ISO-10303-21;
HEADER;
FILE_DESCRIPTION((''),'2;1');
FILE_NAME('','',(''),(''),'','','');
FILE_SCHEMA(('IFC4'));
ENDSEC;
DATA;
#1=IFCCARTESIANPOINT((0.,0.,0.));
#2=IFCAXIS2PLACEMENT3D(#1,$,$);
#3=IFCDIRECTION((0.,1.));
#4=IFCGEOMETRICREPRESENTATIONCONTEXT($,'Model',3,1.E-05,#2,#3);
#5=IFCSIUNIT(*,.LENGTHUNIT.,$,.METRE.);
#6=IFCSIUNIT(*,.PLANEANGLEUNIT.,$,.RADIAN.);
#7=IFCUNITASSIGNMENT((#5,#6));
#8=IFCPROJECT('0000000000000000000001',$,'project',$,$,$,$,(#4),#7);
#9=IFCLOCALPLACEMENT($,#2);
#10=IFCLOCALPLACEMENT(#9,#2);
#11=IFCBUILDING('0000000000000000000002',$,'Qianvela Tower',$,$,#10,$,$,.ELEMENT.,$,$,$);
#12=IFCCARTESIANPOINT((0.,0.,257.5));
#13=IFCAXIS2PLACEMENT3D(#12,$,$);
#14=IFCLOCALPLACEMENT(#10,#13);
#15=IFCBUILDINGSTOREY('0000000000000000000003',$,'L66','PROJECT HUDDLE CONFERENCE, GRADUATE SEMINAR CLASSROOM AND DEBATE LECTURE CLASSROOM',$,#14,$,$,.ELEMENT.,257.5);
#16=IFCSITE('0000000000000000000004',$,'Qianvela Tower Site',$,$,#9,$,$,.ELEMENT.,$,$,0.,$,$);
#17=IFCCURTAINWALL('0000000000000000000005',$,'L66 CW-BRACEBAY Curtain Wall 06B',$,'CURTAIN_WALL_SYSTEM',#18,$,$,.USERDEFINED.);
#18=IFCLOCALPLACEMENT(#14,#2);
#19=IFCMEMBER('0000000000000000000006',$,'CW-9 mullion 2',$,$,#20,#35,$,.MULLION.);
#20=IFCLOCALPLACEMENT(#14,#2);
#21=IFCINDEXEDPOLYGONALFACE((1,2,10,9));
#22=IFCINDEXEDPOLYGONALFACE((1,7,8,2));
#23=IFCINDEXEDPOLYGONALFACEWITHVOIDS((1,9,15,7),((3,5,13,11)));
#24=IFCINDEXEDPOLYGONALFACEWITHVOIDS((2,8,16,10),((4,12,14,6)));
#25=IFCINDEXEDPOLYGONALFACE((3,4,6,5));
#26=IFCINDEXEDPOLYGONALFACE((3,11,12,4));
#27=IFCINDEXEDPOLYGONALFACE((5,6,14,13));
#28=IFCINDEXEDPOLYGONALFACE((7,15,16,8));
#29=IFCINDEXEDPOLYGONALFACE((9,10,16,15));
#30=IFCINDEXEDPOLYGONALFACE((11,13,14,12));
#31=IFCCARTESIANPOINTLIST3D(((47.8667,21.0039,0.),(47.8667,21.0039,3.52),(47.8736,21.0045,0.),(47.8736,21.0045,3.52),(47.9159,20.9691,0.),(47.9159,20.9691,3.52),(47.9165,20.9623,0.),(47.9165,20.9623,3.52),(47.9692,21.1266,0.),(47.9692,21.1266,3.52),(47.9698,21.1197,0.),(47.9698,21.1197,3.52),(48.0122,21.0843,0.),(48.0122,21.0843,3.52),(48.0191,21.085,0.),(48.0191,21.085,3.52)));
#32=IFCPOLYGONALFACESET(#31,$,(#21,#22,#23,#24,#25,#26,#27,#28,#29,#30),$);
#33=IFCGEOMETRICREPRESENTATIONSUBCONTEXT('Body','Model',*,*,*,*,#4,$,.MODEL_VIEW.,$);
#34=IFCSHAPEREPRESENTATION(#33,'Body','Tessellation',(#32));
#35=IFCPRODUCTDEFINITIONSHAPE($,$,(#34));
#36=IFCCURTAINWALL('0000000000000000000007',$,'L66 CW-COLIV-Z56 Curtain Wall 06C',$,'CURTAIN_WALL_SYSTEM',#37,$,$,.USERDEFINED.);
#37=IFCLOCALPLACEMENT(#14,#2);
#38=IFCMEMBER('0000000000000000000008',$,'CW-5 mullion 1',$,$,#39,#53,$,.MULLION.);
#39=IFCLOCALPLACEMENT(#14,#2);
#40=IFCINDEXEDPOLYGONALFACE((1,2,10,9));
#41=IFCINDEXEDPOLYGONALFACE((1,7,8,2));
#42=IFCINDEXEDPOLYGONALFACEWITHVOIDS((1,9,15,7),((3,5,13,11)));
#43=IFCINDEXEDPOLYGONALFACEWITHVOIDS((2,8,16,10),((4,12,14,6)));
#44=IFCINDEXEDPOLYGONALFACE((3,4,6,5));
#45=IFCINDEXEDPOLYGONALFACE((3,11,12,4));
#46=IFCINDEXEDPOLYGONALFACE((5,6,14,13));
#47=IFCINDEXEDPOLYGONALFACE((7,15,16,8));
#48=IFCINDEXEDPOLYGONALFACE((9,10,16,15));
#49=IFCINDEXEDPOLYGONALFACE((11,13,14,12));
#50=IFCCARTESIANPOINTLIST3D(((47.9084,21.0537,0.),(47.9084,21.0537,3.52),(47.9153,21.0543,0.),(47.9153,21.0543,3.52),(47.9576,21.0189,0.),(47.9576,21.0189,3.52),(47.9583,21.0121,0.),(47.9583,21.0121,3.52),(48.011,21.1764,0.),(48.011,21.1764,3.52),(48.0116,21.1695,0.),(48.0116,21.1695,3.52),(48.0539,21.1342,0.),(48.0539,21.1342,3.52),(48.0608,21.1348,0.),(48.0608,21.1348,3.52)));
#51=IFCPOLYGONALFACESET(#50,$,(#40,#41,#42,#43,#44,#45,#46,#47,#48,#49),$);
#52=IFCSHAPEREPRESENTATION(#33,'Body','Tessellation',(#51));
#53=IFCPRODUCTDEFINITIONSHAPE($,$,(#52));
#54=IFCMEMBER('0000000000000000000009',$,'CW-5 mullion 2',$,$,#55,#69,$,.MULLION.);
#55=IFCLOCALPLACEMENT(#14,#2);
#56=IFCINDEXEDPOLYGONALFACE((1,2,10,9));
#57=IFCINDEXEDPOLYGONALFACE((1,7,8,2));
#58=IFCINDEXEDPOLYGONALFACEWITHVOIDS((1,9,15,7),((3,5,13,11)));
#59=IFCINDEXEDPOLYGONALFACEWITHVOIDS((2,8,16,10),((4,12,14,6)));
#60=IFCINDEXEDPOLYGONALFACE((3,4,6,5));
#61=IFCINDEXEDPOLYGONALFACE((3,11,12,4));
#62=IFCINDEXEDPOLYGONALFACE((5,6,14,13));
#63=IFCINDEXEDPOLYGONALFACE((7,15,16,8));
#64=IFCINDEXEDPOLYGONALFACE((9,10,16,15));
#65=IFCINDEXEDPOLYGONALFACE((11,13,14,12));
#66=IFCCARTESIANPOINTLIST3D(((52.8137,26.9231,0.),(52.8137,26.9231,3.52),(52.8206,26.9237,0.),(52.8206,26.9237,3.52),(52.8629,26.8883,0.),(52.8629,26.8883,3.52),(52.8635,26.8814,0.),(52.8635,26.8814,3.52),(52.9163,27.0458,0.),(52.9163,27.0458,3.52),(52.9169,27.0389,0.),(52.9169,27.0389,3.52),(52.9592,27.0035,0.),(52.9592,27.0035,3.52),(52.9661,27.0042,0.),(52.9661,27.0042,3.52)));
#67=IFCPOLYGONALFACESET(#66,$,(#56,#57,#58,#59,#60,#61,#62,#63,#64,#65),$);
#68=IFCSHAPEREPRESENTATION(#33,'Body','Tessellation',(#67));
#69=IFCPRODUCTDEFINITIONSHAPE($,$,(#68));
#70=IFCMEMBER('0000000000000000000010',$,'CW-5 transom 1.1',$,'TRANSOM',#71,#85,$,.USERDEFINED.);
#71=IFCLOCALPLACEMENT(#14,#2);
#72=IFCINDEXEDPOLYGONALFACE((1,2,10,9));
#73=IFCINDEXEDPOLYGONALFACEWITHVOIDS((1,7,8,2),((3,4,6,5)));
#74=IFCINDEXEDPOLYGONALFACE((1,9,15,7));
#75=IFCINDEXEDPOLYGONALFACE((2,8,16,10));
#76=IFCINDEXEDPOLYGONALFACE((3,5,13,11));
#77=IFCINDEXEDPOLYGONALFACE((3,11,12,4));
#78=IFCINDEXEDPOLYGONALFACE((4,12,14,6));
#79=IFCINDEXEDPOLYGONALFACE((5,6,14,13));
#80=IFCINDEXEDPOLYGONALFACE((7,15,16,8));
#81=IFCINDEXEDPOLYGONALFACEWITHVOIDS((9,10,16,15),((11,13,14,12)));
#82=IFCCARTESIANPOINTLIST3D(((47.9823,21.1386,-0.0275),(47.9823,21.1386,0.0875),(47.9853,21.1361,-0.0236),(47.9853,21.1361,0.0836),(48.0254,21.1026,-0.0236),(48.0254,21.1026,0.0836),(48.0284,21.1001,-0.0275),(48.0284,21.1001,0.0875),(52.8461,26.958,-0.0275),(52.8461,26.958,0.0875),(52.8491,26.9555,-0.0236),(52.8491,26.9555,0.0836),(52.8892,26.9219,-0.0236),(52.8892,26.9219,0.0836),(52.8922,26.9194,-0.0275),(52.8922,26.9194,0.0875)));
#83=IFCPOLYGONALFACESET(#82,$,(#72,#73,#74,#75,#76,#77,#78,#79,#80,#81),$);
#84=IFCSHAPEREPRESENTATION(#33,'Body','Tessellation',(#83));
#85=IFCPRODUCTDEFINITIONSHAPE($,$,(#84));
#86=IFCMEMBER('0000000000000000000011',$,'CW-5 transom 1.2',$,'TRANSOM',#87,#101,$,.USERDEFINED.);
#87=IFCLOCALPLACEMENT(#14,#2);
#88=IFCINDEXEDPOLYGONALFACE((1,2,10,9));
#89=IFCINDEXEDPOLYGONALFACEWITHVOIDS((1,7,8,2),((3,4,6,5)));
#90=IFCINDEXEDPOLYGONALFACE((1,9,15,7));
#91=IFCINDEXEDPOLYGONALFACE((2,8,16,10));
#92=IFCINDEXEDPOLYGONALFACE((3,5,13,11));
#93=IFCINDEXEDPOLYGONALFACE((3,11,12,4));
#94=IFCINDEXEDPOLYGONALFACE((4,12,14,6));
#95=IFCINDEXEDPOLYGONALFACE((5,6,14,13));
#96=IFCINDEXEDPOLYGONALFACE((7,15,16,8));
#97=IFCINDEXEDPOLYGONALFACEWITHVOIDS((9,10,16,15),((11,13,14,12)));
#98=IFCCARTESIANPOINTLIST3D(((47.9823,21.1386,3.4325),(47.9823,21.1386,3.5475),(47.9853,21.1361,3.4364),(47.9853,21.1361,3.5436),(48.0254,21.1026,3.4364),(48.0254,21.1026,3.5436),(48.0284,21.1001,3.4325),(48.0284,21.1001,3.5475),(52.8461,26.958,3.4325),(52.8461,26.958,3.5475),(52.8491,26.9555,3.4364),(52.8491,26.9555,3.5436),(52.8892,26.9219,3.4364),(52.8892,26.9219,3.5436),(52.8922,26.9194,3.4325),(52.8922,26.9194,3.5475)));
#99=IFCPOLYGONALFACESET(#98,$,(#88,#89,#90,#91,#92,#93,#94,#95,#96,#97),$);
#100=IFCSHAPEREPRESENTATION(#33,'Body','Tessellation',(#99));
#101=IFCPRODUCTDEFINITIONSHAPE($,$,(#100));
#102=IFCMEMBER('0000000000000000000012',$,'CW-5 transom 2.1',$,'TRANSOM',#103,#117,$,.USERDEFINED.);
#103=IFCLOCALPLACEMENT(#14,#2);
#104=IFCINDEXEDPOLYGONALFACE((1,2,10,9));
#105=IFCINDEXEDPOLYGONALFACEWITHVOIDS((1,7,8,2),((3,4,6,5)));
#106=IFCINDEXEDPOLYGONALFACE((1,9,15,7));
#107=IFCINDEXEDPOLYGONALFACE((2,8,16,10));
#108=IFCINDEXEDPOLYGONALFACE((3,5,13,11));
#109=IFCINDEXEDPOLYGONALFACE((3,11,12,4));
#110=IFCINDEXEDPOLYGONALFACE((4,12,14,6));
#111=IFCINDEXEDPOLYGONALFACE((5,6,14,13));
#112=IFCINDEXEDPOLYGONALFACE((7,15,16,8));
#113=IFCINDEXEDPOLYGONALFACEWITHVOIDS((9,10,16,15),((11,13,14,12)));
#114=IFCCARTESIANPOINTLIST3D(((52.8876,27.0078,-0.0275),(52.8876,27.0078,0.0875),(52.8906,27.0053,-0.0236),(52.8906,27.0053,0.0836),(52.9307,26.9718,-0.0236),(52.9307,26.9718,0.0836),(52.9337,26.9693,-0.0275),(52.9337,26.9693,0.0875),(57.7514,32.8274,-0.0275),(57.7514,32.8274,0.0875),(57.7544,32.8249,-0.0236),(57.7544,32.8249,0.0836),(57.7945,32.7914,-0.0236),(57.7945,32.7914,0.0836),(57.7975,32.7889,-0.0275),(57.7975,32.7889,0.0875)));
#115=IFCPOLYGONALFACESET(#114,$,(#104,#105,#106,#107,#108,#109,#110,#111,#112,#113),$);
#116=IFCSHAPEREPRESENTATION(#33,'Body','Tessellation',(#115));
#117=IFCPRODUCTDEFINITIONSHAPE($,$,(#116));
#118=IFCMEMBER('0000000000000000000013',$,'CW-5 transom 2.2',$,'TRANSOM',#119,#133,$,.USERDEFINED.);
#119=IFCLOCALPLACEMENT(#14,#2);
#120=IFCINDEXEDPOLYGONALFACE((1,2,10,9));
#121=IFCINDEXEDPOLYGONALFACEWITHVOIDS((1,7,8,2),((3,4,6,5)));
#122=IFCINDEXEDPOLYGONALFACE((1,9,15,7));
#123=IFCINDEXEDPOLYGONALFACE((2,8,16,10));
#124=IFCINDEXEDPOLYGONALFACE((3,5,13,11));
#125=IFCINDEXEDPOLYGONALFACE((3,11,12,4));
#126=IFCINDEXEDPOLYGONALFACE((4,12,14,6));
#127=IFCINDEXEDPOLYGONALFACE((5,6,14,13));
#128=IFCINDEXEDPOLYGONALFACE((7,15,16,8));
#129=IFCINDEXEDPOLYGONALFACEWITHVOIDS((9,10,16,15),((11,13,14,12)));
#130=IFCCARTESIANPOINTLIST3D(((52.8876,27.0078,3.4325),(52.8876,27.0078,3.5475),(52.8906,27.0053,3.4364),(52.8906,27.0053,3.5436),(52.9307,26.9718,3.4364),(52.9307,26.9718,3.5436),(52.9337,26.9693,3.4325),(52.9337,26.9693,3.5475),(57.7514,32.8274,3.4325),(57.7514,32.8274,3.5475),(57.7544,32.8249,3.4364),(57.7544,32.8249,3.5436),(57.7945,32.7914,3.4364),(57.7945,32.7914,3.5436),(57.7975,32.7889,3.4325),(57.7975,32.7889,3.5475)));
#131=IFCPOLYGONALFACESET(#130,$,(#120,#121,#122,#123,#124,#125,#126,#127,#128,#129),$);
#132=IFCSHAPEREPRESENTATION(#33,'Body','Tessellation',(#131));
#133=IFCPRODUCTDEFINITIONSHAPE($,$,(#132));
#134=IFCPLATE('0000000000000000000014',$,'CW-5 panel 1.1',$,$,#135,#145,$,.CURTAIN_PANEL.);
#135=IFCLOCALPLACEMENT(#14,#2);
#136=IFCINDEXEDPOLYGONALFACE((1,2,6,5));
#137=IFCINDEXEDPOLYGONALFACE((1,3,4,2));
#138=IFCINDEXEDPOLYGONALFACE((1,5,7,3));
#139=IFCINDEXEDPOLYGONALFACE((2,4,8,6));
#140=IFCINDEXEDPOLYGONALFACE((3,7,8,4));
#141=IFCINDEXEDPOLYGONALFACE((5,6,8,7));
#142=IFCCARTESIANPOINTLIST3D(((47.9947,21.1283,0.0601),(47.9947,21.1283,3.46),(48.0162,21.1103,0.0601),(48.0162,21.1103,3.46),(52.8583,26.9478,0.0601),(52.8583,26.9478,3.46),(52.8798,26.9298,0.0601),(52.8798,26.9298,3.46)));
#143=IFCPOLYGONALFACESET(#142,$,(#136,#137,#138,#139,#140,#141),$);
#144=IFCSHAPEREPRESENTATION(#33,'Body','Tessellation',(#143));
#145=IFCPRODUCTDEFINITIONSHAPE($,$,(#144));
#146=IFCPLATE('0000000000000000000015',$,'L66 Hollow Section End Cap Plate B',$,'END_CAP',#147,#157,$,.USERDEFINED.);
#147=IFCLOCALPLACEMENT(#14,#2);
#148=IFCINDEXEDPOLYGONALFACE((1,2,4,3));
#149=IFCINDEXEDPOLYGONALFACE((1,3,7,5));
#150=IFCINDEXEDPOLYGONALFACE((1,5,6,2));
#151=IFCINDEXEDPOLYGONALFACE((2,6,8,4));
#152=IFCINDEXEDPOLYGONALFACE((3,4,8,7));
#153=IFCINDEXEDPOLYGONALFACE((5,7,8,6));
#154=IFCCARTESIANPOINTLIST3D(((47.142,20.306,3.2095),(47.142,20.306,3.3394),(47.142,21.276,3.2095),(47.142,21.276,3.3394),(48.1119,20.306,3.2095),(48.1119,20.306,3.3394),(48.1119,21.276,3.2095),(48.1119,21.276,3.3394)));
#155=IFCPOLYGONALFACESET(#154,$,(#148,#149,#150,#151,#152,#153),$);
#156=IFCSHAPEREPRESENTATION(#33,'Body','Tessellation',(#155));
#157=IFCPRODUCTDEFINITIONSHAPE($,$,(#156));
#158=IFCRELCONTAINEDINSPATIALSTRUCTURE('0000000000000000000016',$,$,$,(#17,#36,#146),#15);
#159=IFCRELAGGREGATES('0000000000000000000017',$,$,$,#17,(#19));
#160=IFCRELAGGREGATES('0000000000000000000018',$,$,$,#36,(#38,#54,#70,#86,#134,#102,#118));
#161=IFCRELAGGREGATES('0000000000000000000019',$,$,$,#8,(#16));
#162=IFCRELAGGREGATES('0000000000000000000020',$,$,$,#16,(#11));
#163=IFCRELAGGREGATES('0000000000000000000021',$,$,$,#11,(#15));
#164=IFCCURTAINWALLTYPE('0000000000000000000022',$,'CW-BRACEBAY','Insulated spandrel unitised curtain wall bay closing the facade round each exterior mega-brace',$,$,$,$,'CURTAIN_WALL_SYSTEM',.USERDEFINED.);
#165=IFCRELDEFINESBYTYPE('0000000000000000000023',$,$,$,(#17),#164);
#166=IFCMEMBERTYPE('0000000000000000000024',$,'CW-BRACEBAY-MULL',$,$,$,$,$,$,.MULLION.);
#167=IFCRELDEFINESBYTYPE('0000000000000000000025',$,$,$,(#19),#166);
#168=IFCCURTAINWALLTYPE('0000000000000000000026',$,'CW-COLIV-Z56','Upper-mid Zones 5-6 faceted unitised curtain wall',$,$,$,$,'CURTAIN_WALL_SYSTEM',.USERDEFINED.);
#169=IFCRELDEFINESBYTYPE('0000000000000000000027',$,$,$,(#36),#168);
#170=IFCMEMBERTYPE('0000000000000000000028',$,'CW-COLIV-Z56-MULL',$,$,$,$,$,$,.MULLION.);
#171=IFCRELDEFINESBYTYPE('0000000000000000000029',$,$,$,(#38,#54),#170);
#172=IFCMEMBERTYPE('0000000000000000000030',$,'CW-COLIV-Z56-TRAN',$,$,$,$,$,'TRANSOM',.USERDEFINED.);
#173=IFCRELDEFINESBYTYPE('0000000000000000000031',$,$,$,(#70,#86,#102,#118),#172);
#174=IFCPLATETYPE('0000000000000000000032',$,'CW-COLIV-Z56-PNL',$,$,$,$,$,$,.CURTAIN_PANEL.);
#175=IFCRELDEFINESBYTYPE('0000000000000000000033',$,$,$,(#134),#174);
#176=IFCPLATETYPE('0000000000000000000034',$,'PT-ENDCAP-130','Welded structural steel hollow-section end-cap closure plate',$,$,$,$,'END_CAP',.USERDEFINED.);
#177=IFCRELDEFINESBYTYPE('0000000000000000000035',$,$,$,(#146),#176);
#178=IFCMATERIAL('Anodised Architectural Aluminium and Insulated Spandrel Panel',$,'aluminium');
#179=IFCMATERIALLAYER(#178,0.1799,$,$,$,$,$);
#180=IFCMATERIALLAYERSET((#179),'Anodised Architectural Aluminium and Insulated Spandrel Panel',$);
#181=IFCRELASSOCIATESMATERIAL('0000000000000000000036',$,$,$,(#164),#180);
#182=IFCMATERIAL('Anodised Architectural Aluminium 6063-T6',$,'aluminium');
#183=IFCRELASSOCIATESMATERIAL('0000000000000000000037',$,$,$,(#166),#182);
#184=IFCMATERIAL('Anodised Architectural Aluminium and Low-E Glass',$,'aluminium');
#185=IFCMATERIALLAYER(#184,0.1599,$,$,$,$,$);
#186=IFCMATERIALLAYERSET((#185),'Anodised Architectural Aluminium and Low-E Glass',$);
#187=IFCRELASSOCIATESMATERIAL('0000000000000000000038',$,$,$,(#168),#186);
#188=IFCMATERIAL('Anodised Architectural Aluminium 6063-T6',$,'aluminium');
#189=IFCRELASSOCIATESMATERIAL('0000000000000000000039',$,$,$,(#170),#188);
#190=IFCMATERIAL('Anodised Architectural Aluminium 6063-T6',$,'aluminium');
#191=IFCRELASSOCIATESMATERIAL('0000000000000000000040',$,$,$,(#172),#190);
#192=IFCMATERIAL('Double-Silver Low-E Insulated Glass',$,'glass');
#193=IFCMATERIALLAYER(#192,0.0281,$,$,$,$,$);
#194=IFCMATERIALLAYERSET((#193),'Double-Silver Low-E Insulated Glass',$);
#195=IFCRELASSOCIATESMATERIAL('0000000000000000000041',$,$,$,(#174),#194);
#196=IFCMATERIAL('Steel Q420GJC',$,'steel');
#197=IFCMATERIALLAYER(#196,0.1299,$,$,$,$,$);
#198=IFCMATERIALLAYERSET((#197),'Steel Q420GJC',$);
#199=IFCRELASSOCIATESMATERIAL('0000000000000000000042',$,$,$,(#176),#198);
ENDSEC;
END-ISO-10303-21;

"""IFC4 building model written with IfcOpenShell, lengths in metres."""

from ifc_helpers import new_model, si_unit, direction, frame, origin, origin_2d, place, context, subcontext, project, spatial, rectangle, hollow_rectangle, extrude, material, layer, layer_set, material_profile, profile_set, type_object, element, aggregate, save


model = new_model("IFC4")

# Units and contexts
model_context = context("Model", 3, precision=1e-05, world=origin(), true_north=direction((0.0, 1.0)))
body_context = subcontext(model_context, "Body", "Model", "MODEL_VIEW")
ifc_project = project(units=[si_unit("LENGTHUNIT", "METRE"), si_unit("PLANEANGLEUNIT", "RADIAN")], contexts=[model_context])

# Site, building, storey
site_placement = place(None, origin())
site = spatial("IfcSite", under=ifc_project, at=site_placement, Name="Qianvela Tower Site", CompositionType="ELEMENT", RefElevation=0.0)
building_placement = place(site_placement, origin())
building = spatial("IfcBuilding", under=site, at=building_placement, Name="Qianvela Tower", CompositionType="ELEMENT")
storey_placement = place(building_placement, frame((0.0, 0.0, 257.5)))
storey = spatial("IfcBuildingStorey", under=building, at=storey_placement, Name="L66", Description="PROJECT HUDDLE CONFERENCE, GRADUATE SEMINAR CLASSROOM AND DEBATE LECTURE CLASSROOM", CompositionType="ELEMENT", Elevation=257.5)

# Curtain wall, member
ifc_material_1 = material(Name="Anodised Architectural Aluminium and Insulated Spandrel Panel", Category="aluminium")
ifc_layer_1 = layer(ifc_material_1, 0.1799)
ifc_layer_set_1 = layer_set([ifc_layer_1], Name="Anodised Architectural Aluminium and Insulated Spandrel Panel")
curtain_wall_type_1 = type_object("IfcCurtainWallType", Name="CW-BRACEBAY", Description="Insulated spandrel unitised curtain wall bay closing the facade round each exterior mega-brace", ElementType="CURTAIN_WALL_SYSTEM", PredefinedType="USERDEFINED", material=ifc_layer_set_1)
curtain_wall_1_placement = place(storey_placement, origin())
curtain_wall_1 = element("IfcCurtainWall", 1, at=curtain_wall_1_placement, inside=storey, type_object=curtain_wall_type_1, Name="L66 CW-BRACEBAY Curtain Wall 06B", ObjectType="CURTAIN_WALL_SYSTEM", PredefinedType="USERDEFINED")
ifc_material_2 = material(Name="Anodised Architectural Aluminium 6063-T6", Category="aluminium")
ifc_material_profile_1 = material_profile(ifc_material_2, hollow_rectangle(XDim=0.0649, YDim=0.1599, WallThickness=0.0049, at=origin_2d()), Name="ALU-MULL-65x160")
ifc_profile_set_1 = profile_set([ifc_material_profile_1], Name="Anodised Architectural Aluminium 6063-T6")
member_type_1 = type_object("IfcMemberType", Name="CW-BRACEBAY-MULL", PredefinedType="MULLION", material=ifc_profile_set_1)
member_1_placement = place(storey_placement, frame((47.9429, 21.0444, 0.0), z_axis=(0.0, 0.0, 1.0), x_axis=(-0.767316, 0.641269, 0.0)))
member_1 = element("IfcMember", 2, at=member_1_placement, type_object=member_type_1, Name="CW-9 mullion 2", PredefinedType="MULLION", context=body_context, shape_type="SweptSolid", body=[
    extrude(hollow_rectangle(XDim=0.0649, YDim=0.1599, WallThickness=0.0049, at=origin_2d()), origin(), (0.0, 0.0, 1.0), 3.52),
])
aggregate(curtain_wall_1, [member_1])

# Curtain wall, members, plate
ifc_material_3 = material(Name="Anodised Architectural Aluminium and Low-E Glass", Category="aluminium")
ifc_layer_2 = layer(ifc_material_3, 0.1599)
ifc_layer_set_2 = layer_set([ifc_layer_2], Name="Anodised Architectural Aluminium and Low-E Glass")
curtain_wall_type_2 = type_object("IfcCurtainWallType", Name="CW-COLIV-Z56", Description="Upper-mid Zones 5-6 faceted unitised curtain wall", ElementType="CURTAIN_WALL_SYSTEM", PredefinedType="USERDEFINED", material=ifc_layer_set_2)
curtain_wall_2_placement = place(storey_placement, origin())
curtain_wall_2 = element("IfcCurtainWall", 3, at=curtain_wall_2_placement, inside=storey, type_object=curtain_wall_type_2, Name="L66 CW-COLIV-Z56 Curtain Wall 06C", ObjectType="CURTAIN_WALL_SYSTEM", PredefinedType="USERDEFINED")
ifc_material_4 = material(Name="Anodised Architectural Aluminium 6063-T6", Category="aluminium")
ifc_material_profile_2 = material_profile(ifc_material_4, hollow_rectangle(XDim=0.0649, YDim=0.1599, WallThickness=0.0049, at=origin_2d()), Name="ALU-MULL-65x160")
ifc_profile_set_2 = profile_set([ifc_material_profile_2], Name="Anodised Architectural Aluminium 6063-T6")
member_type_2 = type_object("IfcMemberType", Name="CW-COLIV-Z56-MULL", PredefinedType="MULLION", material=ifc_profile_set_2)
member_2_placement = place(storey_placement, frame((47.9846, 21.0942, 0.0), z_axis=(0.0, 0.0, 1.0), x_axis=(-0.767312, 0.641273, 0.0)))
member_2 = element("IfcMember", 4, at=member_2_placement, type_object=member_type_2, Name="CW-5 mullion 1", PredefinedType="MULLION", context=body_context, shape_type="SweptSolid", body=[
    extrude(hollow_rectangle(XDim=0.0649, YDim=0.1599, WallThickness=0.0049, at=origin_2d()), origin(), (0.0, 0.0, 1.0), 3.52),
])
member_3_placement = place(storey_placement, frame((52.8899, 26.9636, 0.0), z_axis=(0.0, 0.0, 1.0), x_axis=(-0.767312, 0.641273, 0.0)))
member_3 = element("IfcMember", 5, at=member_3_placement, type_object=member_type_2, Name="CW-5 mullion 2", PredefinedType="MULLION", context=body_context, shape_type="SweptSolid", body=[
    extrude(hollow_rectangle(XDim=0.0649, YDim=0.1599, WallThickness=0.0049, at=origin_2d()), origin(), (0.0, 0.0, 1.0), 3.52),
])
ifc_material_5 = material(Name="Anodised Architectural Aluminium 6063-T6", Category="aluminium")
ifc_material_profile_3 = material_profile(ifc_material_5, hollow_rectangle(XDim=0.0601, YDim=0.115, WallThickness=0.0039, at=origin_2d()), Name="ALU-TRAN-60x115")
ifc_profile_set_3 = profile_set([ifc_material_profile_3], Name="Anodised Architectural Aluminium 6063-T6")
member_type_3 = type_object("IfcMemberType", Name="CW-COLIV-Z56-TRAN", ElementType="TRANSOM", PredefinedType="USERDEFINED", material=ifc_profile_set_3)
member_4_placement = place(storey_placement, frame((48.0054, 21.1194, 0.03), z_axis=(0.641298, 0.767292, 0.0), x_axis=(-0.767292, 0.641298, 0.0)))
member_4 = element("IfcMember", 6, at=member_4_placement, type_object=member_type_3, Name="CW-5 transom 1.1", ObjectType="TRANSOM", PredefinedType="USERDEFINED", context=body_context, shape_type="SweptSolid", body=[
    extrude(hollow_rectangle(XDim=0.0601, YDim=0.115, WallThickness=0.0039, at=origin_2d()), origin(), (0.0, 0.0, 1.0), 7.5842),
])
member_5_placement = place(storey_placement, frame((48.0054, 21.1194, 3.49), z_axis=(0.641298, 0.767292, 0.0), x_axis=(-0.767292, 0.641298, 0.0)))
member_5 = element("IfcMember", 7, at=member_5_placement, type_object=member_type_3, Name="CW-5 transom 1.2", ObjectType="TRANSOM", PredefinedType="USERDEFINED", context=body_context, shape_type="SweptSolid", body=[
    extrude(hollow_rectangle(XDim=0.0601, YDim=0.115, WallThickness=0.0039, at=origin_2d()), origin(), (0.0, 0.0, 1.0), 7.5842),
])
member_6_placement = place(storey_placement, frame((52.9106, 26.9885, 0.03), z_axis=(0.641282, 0.767305, 0.0), x_axis=(-0.767305, 0.641282, 0.0)))
member_6 = element("IfcMember", 8, at=member_6_placement, type_object=member_type_3, Name="CW-5 transom 2.1", ObjectType="TRANSOM", PredefinedType="USERDEFINED", context=body_context, shape_type="SweptSolid", body=[
    extrude(hollow_rectangle(XDim=0.0601, YDim=0.115, WallThickness=0.0039, at=origin_2d()), origin(), (0.0, 0.0, 1.0), 7.5845),
])
member_7_placement = place(storey_placement, frame((52.9106, 26.9885, 3.49), z_axis=(0.641282, 0.767305, 0.0), x_axis=(-0.767305, 0.641282, 0.0)))
member_7 = element("IfcMember", 9, at=member_7_placement, type_object=member_type_3, Name="CW-5 transom 2.2", ObjectType="TRANSOM", PredefinedType="USERDEFINED", context=body_context, shape_type="SweptSolid", body=[
    extrude(hollow_rectangle(XDim=0.0601, YDim=0.115, WallThickness=0.0039, at=origin_2d()), origin(), (0.0, 0.0, 1.0), 7.5845),
])
ifc_material_6 = material(Name="Double-Silver Low-E Insulated Glass", Category="glass")
ifc_layer_3 = layer(ifc_material_6, 0.0281)
ifc_layer_set_3 = layer_set([ifc_layer_3], Name="Double-Silver Low-E Insulated Glass")
plate_type_1 = type_object("IfcPlateType", Name="CW-COLIV-Z56-PNL", PredefinedType="CURTAIN_PANEL", material=ifc_layer_set_3)
plate_1_placement = place(storey_placement, frame((50.4373, 24.0291, 0.0601), z_axis=(0.0, 0.0, 1.0), x_axis=(0.641273, 0.767312, 0.0)))
plate_1 = element("IfcPlate", 10, at=plate_1_placement, type_object=plate_type_1, Name="CW-5 panel 1.1", PredefinedType="CURTAIN_PANEL", context=body_context, shape_type="SweptSolid", body=[
    extrude(rectangle(XDim=7.5842, YDim=0.0281, at=origin_2d()), origin(), (0.0, 0.0, 1.0), 3.3999),
])
aggregate(curtain_wall_2, [member_2, member_3, member_4, member_5, plate_1, member_6, member_7])

# Plate
ifc_material_7 = material(Name="Steel Q420GJC", Category="steel")
ifc_layer_4 = layer(ifc_material_7, 0.1299)
ifc_layer_set_4 = layer_set([ifc_layer_4], Name="Steel Q420GJC")
plate_type_2 = type_object("IfcPlateType", Name="PT-ENDCAP-130", Description="Welded structural steel hollow-section end-cap closure plate", ElementType="END_CAP", PredefinedType="USERDEFINED", material=ifc_layer_set_4)
plate_2_placement = place(storey_placement, frame((47.627, 20.791, 3.2095), z_axis=(0.0, 0.0, 1.0), x_axis=(1.0, 0.0, 0.0)))
element("IfcPlate", 11, at=plate_2_placement, inside=storey, type_object=plate_type_2, Name="L66 Hollow Section End Cap Plate B", ObjectType="END_CAP", PredefinedType="USERDEFINED", context=body_context, shape_type="SweptSolid", body=[
    extrude(rectangle(XDim=0.97, YDim=0.97, at=origin_2d()), origin(), (0.0, 0.0, 1.0), 0.1299),
])

save(model, "model.ifc")
